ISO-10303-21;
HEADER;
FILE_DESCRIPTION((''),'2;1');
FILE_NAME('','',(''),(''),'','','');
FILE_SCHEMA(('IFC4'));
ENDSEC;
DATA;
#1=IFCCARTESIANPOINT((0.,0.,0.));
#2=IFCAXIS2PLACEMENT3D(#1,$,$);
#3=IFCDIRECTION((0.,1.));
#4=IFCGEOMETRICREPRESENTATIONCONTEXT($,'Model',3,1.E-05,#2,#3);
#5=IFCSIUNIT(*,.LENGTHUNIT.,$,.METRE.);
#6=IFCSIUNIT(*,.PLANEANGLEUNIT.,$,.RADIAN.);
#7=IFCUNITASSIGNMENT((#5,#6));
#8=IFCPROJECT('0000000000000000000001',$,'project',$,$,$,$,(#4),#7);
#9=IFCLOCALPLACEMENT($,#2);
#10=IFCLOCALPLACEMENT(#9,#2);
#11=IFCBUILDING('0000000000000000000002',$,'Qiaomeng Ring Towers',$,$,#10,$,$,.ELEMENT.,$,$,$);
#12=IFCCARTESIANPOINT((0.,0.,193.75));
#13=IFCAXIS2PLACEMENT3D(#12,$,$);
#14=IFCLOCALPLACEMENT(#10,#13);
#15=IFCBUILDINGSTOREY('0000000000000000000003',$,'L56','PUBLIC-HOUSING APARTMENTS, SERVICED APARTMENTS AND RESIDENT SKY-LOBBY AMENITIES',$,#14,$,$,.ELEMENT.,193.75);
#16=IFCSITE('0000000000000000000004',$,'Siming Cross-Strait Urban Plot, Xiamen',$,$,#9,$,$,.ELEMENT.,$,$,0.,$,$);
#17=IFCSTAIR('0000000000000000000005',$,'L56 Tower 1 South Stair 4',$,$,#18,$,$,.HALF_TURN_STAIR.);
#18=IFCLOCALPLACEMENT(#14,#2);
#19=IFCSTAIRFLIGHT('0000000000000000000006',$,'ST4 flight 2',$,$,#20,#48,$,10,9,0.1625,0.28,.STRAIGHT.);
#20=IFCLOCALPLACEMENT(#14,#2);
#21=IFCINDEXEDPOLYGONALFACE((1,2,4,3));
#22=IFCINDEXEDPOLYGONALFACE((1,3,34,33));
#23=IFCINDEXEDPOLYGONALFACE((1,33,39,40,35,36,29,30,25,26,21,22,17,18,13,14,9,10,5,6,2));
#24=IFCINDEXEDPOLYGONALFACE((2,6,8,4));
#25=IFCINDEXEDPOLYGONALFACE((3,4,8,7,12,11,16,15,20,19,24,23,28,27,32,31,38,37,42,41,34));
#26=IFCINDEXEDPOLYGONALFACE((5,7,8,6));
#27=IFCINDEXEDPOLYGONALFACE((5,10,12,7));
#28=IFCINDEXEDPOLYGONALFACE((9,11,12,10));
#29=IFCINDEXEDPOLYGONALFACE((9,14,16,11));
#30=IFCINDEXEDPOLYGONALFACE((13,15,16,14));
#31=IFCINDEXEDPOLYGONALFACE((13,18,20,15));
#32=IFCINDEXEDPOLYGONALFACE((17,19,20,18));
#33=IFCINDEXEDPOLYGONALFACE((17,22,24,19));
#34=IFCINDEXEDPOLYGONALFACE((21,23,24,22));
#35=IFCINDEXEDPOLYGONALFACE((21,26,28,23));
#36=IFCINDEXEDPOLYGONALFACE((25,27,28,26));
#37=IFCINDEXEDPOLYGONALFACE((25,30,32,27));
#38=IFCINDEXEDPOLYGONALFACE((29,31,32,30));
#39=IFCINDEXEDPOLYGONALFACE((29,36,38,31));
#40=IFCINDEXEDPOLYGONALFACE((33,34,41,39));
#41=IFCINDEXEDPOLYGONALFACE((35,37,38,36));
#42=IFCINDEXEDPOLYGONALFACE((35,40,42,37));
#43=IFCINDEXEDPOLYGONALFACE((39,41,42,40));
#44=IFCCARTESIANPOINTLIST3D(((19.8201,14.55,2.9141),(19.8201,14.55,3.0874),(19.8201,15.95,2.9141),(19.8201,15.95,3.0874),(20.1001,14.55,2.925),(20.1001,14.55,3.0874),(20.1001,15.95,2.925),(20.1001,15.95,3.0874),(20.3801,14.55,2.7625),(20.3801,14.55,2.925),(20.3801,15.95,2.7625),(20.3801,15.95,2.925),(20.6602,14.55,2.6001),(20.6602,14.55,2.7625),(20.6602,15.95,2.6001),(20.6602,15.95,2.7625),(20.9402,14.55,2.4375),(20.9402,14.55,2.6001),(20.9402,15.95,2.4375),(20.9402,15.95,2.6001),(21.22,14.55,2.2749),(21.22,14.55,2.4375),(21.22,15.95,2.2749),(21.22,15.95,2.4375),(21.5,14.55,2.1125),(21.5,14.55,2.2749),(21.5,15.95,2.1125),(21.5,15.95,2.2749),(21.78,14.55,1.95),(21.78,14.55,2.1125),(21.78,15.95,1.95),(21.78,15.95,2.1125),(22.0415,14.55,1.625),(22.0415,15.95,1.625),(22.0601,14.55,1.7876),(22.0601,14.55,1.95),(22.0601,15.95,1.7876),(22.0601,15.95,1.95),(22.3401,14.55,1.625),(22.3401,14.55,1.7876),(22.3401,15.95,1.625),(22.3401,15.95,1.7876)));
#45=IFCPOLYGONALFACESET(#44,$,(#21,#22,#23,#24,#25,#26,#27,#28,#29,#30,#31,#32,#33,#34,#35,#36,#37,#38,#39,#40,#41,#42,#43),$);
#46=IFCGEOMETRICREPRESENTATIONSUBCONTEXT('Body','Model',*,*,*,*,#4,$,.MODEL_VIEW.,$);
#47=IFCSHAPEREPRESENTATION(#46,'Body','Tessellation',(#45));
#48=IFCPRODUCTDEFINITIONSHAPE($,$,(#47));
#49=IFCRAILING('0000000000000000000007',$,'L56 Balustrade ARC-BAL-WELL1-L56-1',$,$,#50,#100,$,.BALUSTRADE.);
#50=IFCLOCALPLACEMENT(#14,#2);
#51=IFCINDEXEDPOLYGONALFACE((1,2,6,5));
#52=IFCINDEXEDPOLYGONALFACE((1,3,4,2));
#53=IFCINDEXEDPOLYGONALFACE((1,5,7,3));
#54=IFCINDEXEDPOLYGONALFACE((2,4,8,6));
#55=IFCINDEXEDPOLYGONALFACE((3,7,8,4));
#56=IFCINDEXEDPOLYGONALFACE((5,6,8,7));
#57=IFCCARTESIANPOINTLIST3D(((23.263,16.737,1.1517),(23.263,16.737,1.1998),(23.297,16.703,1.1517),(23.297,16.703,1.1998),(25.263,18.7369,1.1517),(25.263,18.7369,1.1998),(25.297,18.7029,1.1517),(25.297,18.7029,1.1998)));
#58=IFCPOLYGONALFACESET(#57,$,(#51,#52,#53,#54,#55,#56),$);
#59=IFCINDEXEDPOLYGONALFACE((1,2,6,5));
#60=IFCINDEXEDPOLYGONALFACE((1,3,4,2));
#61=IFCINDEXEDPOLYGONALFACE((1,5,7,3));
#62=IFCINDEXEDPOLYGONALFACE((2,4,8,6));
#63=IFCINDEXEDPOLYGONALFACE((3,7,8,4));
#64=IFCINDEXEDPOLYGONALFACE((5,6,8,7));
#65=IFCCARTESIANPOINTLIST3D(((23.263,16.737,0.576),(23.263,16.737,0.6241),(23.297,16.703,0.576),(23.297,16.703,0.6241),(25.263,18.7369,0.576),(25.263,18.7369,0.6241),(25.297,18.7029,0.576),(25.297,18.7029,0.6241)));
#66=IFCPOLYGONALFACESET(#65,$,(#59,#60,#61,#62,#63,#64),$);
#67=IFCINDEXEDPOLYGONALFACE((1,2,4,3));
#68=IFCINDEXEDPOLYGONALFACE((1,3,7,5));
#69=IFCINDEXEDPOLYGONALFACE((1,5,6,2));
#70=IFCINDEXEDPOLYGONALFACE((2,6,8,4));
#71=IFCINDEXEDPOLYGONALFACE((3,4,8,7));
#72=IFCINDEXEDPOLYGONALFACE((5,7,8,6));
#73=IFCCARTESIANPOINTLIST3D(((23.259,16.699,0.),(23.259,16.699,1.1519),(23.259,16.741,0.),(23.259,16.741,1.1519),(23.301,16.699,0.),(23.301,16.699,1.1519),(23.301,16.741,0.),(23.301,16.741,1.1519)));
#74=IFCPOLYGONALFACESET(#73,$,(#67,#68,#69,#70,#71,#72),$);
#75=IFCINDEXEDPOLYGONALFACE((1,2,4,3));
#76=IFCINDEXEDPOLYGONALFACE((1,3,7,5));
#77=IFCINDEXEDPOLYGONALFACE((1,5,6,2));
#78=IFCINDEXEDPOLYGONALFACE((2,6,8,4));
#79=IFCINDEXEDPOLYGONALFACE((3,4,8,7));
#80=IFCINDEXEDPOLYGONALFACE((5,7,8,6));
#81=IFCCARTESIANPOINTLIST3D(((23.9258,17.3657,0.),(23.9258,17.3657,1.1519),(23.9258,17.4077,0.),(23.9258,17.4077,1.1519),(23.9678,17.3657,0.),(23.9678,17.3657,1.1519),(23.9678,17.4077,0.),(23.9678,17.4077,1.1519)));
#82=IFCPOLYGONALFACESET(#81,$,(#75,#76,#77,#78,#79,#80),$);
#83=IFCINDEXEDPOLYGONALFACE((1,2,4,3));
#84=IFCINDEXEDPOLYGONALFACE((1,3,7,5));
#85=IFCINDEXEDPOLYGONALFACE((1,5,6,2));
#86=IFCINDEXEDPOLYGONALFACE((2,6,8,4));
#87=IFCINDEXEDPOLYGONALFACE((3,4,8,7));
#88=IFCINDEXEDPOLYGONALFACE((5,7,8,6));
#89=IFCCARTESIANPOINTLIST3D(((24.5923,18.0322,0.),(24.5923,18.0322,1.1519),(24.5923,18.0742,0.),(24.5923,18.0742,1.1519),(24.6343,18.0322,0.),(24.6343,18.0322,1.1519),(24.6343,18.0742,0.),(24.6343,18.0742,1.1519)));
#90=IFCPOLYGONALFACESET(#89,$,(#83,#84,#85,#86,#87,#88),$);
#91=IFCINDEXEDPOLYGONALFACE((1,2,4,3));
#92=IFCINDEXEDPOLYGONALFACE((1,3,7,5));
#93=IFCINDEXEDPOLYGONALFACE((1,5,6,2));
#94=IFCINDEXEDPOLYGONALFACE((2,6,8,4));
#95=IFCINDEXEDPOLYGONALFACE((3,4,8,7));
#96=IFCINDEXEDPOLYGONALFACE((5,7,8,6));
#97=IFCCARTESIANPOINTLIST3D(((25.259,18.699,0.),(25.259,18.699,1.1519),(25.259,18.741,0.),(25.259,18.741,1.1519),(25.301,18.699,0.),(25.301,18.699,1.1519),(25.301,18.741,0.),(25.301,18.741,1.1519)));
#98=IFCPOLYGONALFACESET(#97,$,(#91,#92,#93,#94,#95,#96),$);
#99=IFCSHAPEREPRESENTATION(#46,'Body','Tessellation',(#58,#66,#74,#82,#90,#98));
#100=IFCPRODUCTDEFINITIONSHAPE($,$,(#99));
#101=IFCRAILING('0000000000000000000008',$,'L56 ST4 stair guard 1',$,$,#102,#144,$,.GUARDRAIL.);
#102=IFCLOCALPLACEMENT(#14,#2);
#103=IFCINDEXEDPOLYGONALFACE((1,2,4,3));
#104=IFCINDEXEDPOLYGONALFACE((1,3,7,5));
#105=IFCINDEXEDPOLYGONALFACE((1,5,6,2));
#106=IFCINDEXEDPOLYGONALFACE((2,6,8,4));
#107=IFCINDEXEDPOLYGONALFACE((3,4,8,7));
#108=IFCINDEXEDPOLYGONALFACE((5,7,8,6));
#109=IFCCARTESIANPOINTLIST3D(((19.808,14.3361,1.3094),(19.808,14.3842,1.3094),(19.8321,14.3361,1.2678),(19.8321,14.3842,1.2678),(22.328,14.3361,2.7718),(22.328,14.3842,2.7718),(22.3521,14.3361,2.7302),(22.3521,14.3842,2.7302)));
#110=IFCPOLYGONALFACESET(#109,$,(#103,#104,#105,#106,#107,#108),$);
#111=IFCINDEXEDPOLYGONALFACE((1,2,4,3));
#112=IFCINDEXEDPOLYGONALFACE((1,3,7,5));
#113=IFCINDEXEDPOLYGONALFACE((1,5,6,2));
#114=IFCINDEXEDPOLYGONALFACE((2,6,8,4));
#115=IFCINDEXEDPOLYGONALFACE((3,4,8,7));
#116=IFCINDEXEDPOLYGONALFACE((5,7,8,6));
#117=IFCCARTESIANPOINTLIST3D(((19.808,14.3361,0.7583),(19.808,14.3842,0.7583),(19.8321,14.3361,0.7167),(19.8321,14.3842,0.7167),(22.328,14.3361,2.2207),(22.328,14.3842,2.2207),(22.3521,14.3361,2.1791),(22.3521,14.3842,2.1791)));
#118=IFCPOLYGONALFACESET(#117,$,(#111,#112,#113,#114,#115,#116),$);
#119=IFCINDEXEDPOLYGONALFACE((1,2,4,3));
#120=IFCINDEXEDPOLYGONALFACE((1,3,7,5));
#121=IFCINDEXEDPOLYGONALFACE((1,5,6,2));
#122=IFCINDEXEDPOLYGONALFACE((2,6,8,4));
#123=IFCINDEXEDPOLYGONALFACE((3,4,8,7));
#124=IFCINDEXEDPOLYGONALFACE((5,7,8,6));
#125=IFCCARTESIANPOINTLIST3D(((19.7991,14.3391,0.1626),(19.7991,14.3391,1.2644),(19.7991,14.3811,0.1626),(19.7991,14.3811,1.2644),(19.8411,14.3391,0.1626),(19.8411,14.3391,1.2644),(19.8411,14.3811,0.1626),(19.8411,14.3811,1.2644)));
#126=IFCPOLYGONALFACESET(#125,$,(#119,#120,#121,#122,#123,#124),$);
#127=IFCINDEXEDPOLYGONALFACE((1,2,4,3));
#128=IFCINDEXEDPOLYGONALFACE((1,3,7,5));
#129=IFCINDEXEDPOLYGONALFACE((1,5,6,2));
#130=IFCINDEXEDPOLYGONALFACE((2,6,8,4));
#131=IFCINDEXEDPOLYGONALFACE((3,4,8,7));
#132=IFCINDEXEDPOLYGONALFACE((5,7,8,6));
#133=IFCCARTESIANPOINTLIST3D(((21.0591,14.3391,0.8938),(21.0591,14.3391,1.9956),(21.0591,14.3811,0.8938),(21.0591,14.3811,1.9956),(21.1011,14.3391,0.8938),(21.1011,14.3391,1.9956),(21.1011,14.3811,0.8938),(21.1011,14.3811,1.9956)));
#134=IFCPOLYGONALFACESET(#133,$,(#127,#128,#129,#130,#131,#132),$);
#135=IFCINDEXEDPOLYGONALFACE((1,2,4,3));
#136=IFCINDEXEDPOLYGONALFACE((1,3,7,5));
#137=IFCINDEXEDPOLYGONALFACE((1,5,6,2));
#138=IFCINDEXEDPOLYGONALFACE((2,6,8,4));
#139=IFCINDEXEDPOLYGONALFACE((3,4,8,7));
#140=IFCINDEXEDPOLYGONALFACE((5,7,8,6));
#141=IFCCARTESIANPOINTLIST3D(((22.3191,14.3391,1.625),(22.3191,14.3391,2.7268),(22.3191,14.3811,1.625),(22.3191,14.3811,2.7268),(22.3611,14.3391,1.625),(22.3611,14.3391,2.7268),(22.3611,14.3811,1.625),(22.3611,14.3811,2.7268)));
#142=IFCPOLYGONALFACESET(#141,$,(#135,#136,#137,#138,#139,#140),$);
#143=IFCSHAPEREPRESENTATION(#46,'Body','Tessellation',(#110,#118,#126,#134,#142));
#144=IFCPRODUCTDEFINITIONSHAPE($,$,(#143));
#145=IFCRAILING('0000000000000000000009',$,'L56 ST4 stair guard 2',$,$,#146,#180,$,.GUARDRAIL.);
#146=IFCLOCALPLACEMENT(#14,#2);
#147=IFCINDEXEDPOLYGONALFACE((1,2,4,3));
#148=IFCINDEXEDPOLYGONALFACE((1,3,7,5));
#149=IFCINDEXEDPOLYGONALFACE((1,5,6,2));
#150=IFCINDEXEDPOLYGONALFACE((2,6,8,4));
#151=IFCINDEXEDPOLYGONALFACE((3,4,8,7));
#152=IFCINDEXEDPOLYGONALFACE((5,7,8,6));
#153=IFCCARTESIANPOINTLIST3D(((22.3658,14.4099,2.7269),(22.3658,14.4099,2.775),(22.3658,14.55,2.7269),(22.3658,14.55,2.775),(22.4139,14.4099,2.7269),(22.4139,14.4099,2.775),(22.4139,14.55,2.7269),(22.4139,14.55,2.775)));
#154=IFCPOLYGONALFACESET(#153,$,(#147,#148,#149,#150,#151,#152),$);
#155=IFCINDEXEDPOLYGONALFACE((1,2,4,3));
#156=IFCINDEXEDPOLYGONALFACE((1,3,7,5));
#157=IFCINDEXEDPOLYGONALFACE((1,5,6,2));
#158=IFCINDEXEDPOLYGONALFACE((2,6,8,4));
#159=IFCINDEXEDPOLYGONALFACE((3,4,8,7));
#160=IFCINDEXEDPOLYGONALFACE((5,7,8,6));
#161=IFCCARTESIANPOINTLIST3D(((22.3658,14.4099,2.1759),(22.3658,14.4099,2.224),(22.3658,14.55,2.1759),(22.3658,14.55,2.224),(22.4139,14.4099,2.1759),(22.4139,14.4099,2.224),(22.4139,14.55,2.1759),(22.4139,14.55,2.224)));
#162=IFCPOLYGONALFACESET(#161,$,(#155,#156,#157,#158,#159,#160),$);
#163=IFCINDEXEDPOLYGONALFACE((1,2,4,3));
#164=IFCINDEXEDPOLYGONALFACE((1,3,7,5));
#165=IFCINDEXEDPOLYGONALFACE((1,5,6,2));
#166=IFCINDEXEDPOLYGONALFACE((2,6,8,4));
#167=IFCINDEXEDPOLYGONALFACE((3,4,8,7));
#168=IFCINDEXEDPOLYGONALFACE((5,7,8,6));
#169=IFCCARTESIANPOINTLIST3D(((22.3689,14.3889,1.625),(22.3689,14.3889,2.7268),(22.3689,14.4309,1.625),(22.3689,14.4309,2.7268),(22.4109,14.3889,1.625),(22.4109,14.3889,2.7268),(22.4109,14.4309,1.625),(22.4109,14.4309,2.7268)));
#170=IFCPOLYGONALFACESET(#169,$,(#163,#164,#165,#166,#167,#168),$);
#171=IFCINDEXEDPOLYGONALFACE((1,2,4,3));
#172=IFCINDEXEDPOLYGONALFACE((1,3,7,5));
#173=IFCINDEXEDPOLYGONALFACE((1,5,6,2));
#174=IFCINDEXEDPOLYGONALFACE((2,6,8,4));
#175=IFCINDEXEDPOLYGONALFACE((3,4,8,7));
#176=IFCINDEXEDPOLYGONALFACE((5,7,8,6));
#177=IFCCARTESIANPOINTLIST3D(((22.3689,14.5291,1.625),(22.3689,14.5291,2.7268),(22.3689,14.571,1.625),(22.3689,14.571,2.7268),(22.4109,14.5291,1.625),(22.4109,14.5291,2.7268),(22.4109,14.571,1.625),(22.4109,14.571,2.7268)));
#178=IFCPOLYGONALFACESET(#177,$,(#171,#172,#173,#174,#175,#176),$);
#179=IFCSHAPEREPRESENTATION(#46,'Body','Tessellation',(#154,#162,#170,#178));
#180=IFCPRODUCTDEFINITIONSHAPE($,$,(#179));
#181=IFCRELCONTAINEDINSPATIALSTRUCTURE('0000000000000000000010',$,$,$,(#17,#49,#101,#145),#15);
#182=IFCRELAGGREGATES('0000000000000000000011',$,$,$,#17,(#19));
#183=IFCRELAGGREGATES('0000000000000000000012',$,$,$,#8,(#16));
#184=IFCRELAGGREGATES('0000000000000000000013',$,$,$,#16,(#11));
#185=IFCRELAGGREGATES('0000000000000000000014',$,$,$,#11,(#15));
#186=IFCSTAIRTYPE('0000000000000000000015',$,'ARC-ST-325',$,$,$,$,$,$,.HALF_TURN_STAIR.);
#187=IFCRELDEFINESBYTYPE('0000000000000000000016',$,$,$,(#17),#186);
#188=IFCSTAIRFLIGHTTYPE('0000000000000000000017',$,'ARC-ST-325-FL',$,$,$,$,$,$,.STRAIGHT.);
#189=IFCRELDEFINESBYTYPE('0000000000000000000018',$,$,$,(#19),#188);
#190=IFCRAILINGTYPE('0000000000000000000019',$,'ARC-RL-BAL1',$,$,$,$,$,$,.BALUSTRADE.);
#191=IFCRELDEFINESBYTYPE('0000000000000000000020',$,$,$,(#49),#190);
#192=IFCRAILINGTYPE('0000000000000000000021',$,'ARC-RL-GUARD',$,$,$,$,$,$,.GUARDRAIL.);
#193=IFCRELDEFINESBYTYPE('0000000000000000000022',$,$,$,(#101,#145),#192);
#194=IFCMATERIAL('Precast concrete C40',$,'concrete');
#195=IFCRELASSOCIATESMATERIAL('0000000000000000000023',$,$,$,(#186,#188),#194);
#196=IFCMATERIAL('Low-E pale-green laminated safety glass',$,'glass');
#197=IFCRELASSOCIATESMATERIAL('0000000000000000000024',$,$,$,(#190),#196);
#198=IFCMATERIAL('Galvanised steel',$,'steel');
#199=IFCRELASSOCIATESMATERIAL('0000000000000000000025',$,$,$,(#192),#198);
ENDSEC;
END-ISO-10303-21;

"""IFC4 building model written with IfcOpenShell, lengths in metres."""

from ifc_helpers import new_model, si_unit, direction, frame, origin, origin_2d, place, context, subcontext, project, spatial, polyline, rectangle, outline, extrude, source, transform, mapped, material, type_object, element, aggregate, save


model = new_model("IFC4")

# Units and contexts
model_context = context("Model", 3, precision=1e-05, world=origin(), true_north=direction((0.0, 1.0)))
body_context = subcontext(model_context, "Body", "Model", "MODEL_VIEW")
ifc_project = project(units=[si_unit("LENGTHUNIT", "METRE"), si_unit("PLANEANGLEUNIT", "RADIAN")], contexts=[model_context])

# Site, building, storey
site_placement = place(None, origin())
site = spatial("IfcSite", under=ifc_project, at=site_placement, Name="Siming Cross-Strait Urban Plot, Xiamen", CompositionType="ELEMENT", RefElevation=0.0)
building_placement = place(site_placement, origin())
building = spatial("IfcBuilding", under=site, at=building_placement, Name="Qiaomeng Ring Towers", CompositionType="ELEMENT")
storey_placement = place(building_placement, frame((0.0, 0.0, 193.75)))
storey = spatial("IfcBuildingStorey", under=building, at=storey_placement, Name="L56", Description="PUBLIC-HOUSING APARTMENTS, SERVICED APARTMENTS AND RESIDENT SKY-LOBBY AMENITIES", CompositionType="ELEMENT", Elevation=193.75)

# Shared definitions
ifc_material_1 = material(Name="Galvanised steel", Category="steel")

# Stair, stair flight
ifc_material_2 = material(Name="Precast concrete C40", Category="concrete")
stair_type = type_object("IfcStairType", Name="ARC-ST-325", PredefinedType="HALF_TURN_STAIR", material=ifc_material_2)
stair_placement = place(storey_placement, origin())
stair = element("IfcStair", 1, at=stair_placement, inside=storey, type_object=stair_type, Name="L56 Tower 1 South Stair 4", PredefinedType="HALF_TURN_STAIR")
stair_flight_type = type_object("IfcStairFlightType", Name="ARC-ST-325-FL", PredefinedType="STRAIGHT", material=ifc_material_2)
shared_shape_1 = source(origin(), body_context, "Body", "SweptSolid", [
    extrude(outline(polyline([(0.0, 0.0), (0.0, 0.1626), (0.28, 0.1626), (0.28, 0.325), (0.5601, 0.325), (0.5601, 0.4875), (0.8401, 0.4875), (0.8401, 0.6499), (1.1201, 0.6499), (1.1201, 0.8125), (1.3999, 0.8125), (1.3999, 0.9751), (1.6799, 0.9751), (1.6799, 1.1375), (1.96, 1.1375), (1.96, 1.3), (2.24, 1.3), (2.24, 1.4624), (2.52, 1.4624), (2.52, 1.625), (2.52, 1.2891), (0.2986, 0.0), (0.0, 0.0)])), frame((0.0, 0.7, 0.0), z_axis=(0.0, -1.0, 0.0), x_axis=(1.0, 0.0, 0.0)), (0.0, 0.0, 1.0), 1.3999),
])
stair_flight_1_placement = place(storey_placement, frame((22.3401, 15.25, 1.625), z_axis=(0.0, 0.0, 1.0), x_axis=(-1.0, 0.0, 0.0)))
stair_flight_1 = element("IfcStairFlight", 2, at=stair_flight_1_placement, type_object=stair_flight_type, Name="ST4 flight 2", NumberOfRisers=10, NumberOfTreads=9, PredefinedType="STRAIGHT", RiserHeight=0.1625, TreadLength=0.28, context=body_context, shape_type="MappedRepresentation", body=[
    mapped(shared_shape_1, transform((0.0, 0.0, 0.0), x_axis=(1.0, 0.0, 0.0), y_axis=(0.0, 1.0, 0.0), z_axis=(0.0, 0.0, 1.0), scale=1.0)),
])
aggregate(stair, [stair_flight_1])

# Railings
ifc_material_3 = material(Name="Low-E pale-green laminated safety glass", Category="glass")
railing_type_1 = type_object("IfcRailingType", Name="ARC-RL-BAL1", PredefinedType="BALUSTRADE", material=ifc_material_3)
railing_1_placement = place(storey_placement, frame((23.28, 16.72, 0.0)))
element("IfcRailing", 3, at=railing_1_placement, inside=storey, type_object=railing_type_1, Name="L56 Balustrade ARC-BAL-WELL1-L56-1", PredefinedType="BALUSTRADE", context=body_context, shape_type="SweptSolid", body=[
    extrude(rectangle(XDim=0.0481, YDim=0.0481, at=origin_2d()), frame((0.0, 0.0, 1.1758), z_axis=(0.707107, 0.707107, 0.0), x_axis=(-0.707107, 0.707107, 0.0)), (0.0, 0.0, 1.0), 2.8284),
    extrude(rectangle(XDim=0.0481, YDim=0.0481, at=origin_2d()), frame((0.0, 0.0, 0.6001), z_axis=(0.707107, 0.707107, 0.0), x_axis=(-0.707107, 0.707107, 0.0)), (0.0, 0.0, 1.0), 2.8284),
    extrude(rectangle(XDim=0.042, YDim=0.042, at=origin_2d()), origin(), (0.0, 0.0, 1.0), 1.1519),
    extrude(rectangle(XDim=0.042, YDim=0.042, at=origin_2d()), frame((0.6667, 0.6667, 0.0)), (0.0, 0.0, 1.0), 1.1519),
    extrude(rectangle(XDim=0.042, YDim=0.042, at=origin_2d()), frame((1.3333, 1.3333, 0.0)), (0.0, 0.0, 1.0), 1.1519),
    extrude(rectangle(XDim=0.042, YDim=0.042, at=origin_2d()), frame((2.0, 2.0, 0.0)), (0.0, 0.0, 1.0), 1.1519),
])
railing_type_2 = type_object("IfcRailingType", Name="ARC-RL-GUARD", PredefinedType="GUARDRAIL", material=ifc_material_1)
railing_2_placement = place(storey_placement, frame((19.8201, 14.3601, 0.1626)))
element("IfcRailing", 4, at=railing_2_placement, inside=storey, type_object=railing_type_2, Name="L56 ST4 stair guard 1", PredefinedType="GUARDRAIL", context=body_context, shape_type="SweptSolid", body=[
    extrude(rectangle(XDim=0.0481, YDim=0.0481, at=origin_2d()), frame((0.0, 0.0, 1.126), z_axis=(0.864913, 0.0, 0.501921), x_axis=(0.0, 1.0, 0.0)), (0.0, 0.0, 1.0), 2.9136),
    extrude(rectangle(XDim=0.0481, YDim=0.0481, at=origin_2d()), frame((0.0, 0.0, 0.575), z_axis=(0.864913, 0.0, 0.501921), x_axis=(0.0, 1.0, 0.0)), (0.0, 0.0, 1.0), 2.9136),
    extrude(rectangle(XDim=0.042, YDim=0.042, at=origin_2d()), origin(), (0.0, 0.0, 1.0), 1.1018),
    extrude(rectangle(XDim=0.042, YDim=0.042, at=origin_2d()), frame((1.26, 0.0, 0.7312)), (0.0, 0.0, 1.0), 1.1018),
    extrude(rectangle(XDim=0.042, YDim=0.042, at=origin_2d()), frame((2.52, 0.0, 1.4624)), (0.0, 0.0, 1.0), 1.1018),
])
railing_3_placement = place(storey_placement, frame((22.3899, 14.4099, 1.625)))
element("IfcRailing", 5, at=railing_3_placement, inside=storey, type_object=railing_type_2, Name="L56 ST4 stair guard 2", PredefinedType="GUARDRAIL", context=body_context, shape_type="SweptSolid", body=[
    extrude(rectangle(XDim=0.0481, YDim=0.0481, at=origin_2d()), frame((0.0, 0.0, 1.126), z_axis=(0.0, 1.0, 0.0), x_axis=(-1.0, 0.0, 0.0)), (0.0, 0.0, 1.0), 0.1401),
    extrude(rectangle(XDim=0.0481, YDim=0.0481, at=origin_2d()), frame((0.0, 0.0, 0.575), z_axis=(0.0, 1.0, 0.0), x_axis=(-1.0, 0.0, 0.0)), (0.0, 0.0, 1.0), 0.1401),
    extrude(rectangle(XDim=0.042, YDim=0.042, at=origin_2d()), origin(), (0.0, 0.0, 1.0), 1.1018),
    extrude(rectangle(XDim=0.042, YDim=0.042, at=origin_2d()), frame((0.0, 0.1401, 0.0)), (0.0, 0.0, 1.0), 1.1018),
])

save(model, "model.ifc")
